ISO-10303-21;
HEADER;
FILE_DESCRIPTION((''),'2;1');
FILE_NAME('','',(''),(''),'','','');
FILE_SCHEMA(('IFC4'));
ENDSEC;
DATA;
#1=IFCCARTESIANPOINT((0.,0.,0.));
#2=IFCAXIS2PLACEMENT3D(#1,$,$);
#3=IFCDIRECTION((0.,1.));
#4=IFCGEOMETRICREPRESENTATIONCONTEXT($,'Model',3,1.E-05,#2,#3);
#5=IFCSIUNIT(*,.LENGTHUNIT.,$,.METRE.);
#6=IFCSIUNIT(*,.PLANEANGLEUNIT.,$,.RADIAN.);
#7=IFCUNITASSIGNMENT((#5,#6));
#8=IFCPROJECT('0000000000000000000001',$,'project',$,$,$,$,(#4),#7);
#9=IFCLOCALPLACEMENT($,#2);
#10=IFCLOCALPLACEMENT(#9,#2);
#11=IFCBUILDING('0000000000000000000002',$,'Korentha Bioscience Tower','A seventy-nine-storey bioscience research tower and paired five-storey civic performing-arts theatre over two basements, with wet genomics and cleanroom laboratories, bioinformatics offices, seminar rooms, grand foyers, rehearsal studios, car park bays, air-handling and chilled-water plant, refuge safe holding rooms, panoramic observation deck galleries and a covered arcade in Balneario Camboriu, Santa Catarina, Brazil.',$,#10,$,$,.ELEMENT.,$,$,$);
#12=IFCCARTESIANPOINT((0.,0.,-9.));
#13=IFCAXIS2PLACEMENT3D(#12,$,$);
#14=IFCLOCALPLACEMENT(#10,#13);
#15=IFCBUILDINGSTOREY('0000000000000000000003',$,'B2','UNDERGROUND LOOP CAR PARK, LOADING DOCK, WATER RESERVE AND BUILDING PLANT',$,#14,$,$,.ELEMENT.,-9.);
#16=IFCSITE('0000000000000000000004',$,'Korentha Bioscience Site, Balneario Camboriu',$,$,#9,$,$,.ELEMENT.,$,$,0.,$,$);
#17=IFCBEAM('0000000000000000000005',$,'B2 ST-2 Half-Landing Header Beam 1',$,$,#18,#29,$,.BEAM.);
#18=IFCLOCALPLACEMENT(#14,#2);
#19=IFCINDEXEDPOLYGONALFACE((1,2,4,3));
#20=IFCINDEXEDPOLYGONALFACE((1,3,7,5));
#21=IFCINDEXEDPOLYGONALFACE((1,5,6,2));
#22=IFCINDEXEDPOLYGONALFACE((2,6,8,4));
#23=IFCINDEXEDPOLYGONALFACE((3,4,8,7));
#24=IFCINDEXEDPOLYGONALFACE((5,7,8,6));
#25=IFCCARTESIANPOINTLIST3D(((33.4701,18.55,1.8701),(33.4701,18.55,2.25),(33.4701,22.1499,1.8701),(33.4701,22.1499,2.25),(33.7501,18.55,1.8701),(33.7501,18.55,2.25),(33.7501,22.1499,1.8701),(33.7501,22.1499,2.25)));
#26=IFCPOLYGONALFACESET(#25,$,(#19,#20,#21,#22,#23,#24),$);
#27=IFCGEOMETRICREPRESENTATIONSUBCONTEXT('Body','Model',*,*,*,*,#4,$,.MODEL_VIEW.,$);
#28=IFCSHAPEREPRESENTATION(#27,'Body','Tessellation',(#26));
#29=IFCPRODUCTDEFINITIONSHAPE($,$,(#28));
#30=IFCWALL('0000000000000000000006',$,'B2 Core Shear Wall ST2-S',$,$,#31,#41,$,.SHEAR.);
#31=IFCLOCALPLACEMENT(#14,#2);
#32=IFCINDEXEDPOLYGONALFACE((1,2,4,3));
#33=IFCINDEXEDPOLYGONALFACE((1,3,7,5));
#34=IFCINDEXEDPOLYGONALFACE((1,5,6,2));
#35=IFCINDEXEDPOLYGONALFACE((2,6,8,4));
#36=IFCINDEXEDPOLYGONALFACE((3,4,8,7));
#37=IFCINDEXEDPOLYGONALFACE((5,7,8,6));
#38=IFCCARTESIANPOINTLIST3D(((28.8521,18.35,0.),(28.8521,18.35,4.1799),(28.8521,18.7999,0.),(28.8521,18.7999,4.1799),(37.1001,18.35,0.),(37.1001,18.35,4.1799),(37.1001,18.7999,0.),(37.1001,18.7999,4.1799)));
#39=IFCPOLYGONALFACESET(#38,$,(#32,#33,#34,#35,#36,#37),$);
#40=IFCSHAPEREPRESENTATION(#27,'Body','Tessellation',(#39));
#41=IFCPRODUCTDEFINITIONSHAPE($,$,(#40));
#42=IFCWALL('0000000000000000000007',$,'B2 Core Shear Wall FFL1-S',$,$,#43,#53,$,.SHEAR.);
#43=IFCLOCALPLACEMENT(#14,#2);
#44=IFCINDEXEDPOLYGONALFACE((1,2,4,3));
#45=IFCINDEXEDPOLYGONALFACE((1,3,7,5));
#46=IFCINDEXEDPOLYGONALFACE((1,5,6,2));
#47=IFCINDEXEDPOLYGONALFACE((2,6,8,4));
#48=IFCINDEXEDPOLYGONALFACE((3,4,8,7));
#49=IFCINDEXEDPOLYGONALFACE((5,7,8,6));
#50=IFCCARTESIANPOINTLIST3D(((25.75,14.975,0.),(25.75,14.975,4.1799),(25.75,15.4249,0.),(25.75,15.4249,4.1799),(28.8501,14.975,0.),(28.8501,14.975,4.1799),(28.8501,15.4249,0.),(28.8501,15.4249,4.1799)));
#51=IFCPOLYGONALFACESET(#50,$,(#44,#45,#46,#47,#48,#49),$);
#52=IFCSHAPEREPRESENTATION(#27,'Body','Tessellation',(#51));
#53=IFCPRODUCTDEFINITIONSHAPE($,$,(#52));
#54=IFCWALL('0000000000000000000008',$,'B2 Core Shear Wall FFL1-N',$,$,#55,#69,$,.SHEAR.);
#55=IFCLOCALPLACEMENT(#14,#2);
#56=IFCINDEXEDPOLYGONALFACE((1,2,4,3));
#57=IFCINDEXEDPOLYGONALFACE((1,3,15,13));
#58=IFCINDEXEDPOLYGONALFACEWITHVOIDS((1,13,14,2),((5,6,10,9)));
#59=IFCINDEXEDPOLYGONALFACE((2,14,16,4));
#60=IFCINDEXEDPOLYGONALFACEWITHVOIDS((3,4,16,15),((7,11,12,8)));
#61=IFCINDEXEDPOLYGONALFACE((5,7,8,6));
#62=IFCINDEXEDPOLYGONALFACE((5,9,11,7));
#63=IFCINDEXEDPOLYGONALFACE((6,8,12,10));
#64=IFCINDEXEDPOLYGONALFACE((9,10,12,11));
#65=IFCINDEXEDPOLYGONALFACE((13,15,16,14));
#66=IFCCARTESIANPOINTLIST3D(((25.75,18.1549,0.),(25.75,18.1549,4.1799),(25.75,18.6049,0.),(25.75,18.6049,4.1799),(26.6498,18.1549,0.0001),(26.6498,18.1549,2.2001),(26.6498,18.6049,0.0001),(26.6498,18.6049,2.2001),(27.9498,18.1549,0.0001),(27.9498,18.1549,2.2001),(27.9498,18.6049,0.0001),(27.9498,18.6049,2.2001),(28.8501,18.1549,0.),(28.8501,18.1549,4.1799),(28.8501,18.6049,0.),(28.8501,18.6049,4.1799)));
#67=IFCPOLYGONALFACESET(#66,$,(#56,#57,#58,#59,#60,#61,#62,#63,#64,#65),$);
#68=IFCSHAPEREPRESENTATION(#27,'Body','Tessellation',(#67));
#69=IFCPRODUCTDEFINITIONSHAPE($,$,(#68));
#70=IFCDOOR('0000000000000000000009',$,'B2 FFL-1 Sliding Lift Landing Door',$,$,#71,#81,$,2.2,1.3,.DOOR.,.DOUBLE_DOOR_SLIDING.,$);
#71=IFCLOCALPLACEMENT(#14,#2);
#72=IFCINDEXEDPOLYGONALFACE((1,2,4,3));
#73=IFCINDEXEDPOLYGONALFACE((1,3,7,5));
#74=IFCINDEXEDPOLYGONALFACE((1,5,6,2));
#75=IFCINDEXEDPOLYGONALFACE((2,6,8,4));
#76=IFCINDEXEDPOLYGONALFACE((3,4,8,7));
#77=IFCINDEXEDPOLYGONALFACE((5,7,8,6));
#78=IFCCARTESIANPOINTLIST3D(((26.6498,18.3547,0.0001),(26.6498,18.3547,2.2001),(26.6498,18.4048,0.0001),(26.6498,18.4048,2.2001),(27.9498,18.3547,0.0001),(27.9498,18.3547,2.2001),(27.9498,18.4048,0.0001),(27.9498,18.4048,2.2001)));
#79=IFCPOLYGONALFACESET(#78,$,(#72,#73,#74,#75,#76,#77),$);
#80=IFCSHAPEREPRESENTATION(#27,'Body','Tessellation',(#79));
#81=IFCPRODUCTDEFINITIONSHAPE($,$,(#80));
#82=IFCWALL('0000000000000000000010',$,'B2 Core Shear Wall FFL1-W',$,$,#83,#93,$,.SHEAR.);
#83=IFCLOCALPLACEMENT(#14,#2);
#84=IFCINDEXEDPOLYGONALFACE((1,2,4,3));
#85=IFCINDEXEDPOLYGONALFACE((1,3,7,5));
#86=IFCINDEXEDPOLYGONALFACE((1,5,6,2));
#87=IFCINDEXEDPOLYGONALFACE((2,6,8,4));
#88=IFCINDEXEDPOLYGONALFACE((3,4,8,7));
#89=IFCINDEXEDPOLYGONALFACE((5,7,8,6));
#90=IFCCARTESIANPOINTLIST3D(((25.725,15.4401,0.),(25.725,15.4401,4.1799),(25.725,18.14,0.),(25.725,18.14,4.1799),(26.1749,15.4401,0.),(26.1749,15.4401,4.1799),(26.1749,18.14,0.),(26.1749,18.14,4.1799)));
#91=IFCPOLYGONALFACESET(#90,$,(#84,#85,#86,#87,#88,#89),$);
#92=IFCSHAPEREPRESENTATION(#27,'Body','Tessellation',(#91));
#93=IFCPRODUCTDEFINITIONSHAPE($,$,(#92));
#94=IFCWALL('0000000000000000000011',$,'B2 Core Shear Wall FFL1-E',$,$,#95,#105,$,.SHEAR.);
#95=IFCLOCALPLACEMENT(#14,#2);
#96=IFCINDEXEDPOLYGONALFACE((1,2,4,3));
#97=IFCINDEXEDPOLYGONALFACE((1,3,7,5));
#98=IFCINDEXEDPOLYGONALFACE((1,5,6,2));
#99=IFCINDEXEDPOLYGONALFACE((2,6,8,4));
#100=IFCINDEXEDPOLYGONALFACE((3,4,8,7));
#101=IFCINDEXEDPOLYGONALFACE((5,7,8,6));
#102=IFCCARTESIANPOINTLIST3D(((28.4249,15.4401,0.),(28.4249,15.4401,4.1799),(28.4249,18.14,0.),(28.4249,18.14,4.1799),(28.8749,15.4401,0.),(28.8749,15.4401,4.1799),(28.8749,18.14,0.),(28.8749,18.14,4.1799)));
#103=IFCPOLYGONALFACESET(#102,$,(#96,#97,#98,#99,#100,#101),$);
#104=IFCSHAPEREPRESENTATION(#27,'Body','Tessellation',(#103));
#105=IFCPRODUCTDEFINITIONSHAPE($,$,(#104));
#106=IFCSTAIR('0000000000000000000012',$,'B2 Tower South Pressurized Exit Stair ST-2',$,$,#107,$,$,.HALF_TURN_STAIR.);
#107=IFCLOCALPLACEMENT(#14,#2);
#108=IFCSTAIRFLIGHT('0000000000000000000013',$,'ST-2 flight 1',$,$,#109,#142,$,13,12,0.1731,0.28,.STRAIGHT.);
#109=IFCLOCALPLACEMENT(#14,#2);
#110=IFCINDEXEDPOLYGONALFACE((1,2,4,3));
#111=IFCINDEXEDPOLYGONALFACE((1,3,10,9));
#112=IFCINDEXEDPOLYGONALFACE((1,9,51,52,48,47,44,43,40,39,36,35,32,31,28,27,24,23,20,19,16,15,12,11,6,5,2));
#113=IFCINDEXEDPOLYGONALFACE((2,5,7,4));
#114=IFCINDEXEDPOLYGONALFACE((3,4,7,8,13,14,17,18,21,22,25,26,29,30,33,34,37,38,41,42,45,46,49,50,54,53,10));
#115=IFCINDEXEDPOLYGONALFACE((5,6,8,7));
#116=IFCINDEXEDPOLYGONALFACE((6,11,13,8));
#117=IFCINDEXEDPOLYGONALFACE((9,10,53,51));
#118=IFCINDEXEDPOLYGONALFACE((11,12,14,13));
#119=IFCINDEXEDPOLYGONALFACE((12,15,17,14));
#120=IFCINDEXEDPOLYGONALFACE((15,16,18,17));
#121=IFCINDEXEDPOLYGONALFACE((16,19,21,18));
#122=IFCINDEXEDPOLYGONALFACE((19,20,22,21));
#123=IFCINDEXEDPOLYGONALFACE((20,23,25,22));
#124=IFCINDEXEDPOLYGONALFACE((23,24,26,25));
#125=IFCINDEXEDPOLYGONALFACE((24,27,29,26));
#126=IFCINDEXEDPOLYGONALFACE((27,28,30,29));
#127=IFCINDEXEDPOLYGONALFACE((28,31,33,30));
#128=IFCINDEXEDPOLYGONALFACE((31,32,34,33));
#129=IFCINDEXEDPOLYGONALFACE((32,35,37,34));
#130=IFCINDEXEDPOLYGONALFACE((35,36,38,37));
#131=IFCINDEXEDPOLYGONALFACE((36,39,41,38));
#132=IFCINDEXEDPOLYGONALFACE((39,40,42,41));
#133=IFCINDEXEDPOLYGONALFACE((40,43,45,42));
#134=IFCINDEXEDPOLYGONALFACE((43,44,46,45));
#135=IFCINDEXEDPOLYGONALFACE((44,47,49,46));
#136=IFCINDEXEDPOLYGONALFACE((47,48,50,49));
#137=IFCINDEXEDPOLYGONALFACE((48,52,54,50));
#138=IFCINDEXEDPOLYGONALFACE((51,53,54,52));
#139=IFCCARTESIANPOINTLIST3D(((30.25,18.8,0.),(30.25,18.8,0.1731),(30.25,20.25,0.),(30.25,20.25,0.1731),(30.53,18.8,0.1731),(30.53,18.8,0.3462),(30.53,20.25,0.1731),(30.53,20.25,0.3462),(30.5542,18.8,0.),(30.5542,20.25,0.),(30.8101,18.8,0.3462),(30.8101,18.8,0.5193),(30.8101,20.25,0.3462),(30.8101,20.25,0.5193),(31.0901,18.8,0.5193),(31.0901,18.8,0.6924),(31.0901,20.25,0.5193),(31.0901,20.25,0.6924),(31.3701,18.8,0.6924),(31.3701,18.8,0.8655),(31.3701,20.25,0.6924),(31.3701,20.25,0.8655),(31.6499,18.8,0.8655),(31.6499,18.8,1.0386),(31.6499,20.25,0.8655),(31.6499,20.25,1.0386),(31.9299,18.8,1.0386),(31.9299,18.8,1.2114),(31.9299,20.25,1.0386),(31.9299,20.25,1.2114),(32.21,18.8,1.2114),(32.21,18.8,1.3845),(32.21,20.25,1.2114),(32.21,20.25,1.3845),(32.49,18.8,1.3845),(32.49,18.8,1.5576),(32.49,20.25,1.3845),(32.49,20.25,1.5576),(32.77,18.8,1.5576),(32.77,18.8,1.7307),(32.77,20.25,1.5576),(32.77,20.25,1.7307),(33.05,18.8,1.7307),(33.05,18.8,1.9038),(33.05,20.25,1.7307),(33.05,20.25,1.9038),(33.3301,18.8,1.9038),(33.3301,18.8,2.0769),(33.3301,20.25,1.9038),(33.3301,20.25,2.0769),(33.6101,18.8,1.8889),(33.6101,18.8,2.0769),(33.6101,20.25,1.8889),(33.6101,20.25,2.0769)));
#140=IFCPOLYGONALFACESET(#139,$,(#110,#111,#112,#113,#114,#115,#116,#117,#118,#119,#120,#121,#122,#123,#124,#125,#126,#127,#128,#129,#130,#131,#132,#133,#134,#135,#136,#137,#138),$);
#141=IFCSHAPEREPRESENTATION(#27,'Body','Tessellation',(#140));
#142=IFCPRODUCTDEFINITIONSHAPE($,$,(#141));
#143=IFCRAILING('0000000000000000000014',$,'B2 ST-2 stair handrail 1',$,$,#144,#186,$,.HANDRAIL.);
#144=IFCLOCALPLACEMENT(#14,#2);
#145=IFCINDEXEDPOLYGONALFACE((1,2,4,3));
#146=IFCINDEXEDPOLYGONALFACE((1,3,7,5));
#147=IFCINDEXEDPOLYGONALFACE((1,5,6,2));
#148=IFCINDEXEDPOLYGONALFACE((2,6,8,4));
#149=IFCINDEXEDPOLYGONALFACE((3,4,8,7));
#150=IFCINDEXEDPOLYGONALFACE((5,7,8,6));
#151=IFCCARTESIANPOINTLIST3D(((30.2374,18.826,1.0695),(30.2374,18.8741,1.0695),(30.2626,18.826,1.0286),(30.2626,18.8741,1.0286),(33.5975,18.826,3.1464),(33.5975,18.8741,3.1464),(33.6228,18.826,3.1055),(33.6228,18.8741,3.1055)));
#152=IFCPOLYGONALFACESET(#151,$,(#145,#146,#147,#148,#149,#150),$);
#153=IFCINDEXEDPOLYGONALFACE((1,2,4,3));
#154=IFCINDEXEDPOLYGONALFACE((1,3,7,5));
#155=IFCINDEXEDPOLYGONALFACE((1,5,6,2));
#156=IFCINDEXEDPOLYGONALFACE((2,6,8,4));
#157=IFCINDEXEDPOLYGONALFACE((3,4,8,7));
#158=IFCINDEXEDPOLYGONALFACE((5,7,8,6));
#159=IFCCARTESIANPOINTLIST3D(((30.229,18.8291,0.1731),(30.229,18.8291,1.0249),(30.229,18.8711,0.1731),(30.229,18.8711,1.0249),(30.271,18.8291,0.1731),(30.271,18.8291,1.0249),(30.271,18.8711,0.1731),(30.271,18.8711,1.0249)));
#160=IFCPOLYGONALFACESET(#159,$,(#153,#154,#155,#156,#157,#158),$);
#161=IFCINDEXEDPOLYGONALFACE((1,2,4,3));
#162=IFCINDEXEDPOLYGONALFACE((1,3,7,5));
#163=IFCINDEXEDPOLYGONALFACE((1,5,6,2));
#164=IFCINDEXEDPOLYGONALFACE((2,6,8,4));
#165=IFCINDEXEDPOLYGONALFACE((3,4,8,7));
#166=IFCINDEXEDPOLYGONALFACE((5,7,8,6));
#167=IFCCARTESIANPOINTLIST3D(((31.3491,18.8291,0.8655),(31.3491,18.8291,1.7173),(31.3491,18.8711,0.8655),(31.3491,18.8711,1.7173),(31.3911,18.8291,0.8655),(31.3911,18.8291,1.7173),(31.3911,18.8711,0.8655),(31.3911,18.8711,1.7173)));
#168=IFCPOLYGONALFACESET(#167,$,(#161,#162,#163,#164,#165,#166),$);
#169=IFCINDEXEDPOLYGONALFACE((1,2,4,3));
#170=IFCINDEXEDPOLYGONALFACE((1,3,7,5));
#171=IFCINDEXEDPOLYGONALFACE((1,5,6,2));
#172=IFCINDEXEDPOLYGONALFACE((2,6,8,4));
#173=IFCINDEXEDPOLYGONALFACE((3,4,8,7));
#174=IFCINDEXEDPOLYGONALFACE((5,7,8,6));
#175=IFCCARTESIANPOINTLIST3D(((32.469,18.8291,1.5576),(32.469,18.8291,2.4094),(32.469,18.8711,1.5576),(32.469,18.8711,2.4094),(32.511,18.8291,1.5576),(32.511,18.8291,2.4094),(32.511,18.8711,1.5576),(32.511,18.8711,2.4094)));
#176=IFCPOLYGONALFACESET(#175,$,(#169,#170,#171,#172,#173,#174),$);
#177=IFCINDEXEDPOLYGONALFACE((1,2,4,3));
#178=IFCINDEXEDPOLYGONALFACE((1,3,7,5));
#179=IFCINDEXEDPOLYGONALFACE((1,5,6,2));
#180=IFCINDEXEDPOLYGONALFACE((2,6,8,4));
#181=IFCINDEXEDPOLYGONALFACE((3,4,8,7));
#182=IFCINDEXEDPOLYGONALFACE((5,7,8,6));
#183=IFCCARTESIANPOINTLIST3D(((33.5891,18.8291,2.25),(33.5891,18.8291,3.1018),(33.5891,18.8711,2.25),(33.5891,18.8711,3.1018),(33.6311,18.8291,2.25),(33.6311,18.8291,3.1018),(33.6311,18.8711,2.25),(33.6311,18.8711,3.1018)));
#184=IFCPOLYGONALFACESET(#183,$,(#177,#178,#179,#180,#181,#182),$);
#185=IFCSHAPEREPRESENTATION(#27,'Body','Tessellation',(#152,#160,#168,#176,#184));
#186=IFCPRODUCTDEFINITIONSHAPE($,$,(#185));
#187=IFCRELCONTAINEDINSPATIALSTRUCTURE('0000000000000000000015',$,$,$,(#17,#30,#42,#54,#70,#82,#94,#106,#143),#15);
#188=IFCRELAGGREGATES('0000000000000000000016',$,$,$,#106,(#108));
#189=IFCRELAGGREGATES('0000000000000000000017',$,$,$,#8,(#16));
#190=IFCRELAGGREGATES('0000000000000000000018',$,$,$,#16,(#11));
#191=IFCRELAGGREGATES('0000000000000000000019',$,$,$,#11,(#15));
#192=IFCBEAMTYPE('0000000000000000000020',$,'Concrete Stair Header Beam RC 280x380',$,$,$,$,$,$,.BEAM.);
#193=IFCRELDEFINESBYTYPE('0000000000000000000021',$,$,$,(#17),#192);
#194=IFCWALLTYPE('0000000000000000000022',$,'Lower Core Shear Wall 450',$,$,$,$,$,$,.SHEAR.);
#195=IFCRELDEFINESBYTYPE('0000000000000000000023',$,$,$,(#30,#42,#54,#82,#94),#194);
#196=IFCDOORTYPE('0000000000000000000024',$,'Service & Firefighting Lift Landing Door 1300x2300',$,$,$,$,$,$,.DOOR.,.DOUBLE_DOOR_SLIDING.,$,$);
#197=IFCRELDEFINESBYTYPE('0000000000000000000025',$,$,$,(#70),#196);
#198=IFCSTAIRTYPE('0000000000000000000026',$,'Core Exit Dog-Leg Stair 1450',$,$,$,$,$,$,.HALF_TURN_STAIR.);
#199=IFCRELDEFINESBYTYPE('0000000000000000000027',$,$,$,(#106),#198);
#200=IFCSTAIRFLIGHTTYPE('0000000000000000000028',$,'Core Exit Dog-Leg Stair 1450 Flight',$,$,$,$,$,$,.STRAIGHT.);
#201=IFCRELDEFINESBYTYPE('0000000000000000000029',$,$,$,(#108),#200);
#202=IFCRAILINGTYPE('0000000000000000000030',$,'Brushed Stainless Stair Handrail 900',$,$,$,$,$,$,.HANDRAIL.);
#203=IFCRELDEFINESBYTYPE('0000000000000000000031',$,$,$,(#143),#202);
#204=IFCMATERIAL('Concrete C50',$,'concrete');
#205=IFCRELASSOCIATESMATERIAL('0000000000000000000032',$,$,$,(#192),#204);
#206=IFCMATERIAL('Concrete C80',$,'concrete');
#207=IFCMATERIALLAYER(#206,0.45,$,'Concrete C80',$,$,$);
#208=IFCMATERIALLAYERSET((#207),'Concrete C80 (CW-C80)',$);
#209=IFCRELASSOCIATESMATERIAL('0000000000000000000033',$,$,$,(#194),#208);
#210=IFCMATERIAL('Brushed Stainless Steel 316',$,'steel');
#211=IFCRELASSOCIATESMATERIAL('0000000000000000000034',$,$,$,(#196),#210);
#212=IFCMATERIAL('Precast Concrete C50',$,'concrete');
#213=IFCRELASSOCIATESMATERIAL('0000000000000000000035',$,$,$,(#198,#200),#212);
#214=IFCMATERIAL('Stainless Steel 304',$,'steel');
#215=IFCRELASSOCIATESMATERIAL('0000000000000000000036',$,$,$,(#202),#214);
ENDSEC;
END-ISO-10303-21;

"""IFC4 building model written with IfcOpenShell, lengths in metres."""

from ifc_helpers import new_model, si_unit, direction, frame, frame_2d, origin, origin_2d, place, context, subcontext, project, spatial, polyline, rectangle, outline, extrude, material, layer, layer_set, material_profile, profile_set, type_object, element, fill, aggregate, save


model = new_model("IFC4")

# Units and contexts
model_context = context("Model", 3, precision=1e-05, world=origin(), true_north=direction((0.0, 1.0)))
body_context = subcontext(model_context, "Body", "Model", "MODEL_VIEW")
ifc_project = project(units=[si_unit("LENGTHUNIT", "METRE"), si_unit("PLANEANGLEUNIT", "RADIAN")], contexts=[model_context])

# Site, building, storey
site_placement = place(None, origin())
site = spatial("IfcSite", under=ifc_project, at=site_placement, Name="Korentha Bioscience Site, Balneario Camboriu", CompositionType="ELEMENT", RefElevation=0.0)
building_placement = place(site_placement, origin())
building = spatial("IfcBuilding", under=site, at=building_placement, Name="Korentha Bioscience Tower", Description="A seventy-nine-storey bioscience research tower and paired five-storey civic performing-arts theatre over two basements, with wet genomics and cleanroom laboratories, bioinformatics offices, seminar rooms, grand foyers, rehearsal studios, car park bays, air-handling and chilled-water plant, refuge safe holding rooms, panoramic observation deck galleries and a covered arcade in Balneario Camboriu, Santa Catarina, Brazil.", CompositionType="ELEMENT")
storey_placement = place(building_placement, frame((0.0, 0.0, -9.0)))
storey = spatial("IfcBuildingStorey", under=building, at=storey_placement, Name="B2", Description="UNDERGROUND LOOP CAR PARK, LOADING DOCK, WATER RESERVE AND BUILDING PLANT", CompositionType="ELEMENT", Elevation=-9.0)

# Shared definitions
ifc_material_1 = material(Name="Concrete C50", Category="concrete")

# Shared definitions
ifc_material_2 = material(Name="Concrete C80", Category="concrete")

# Beam
ifc_material_profile_1 = material_profile(ifc_material_1, rectangle(XDim=0.28, YDim=0.3799, at=origin_2d()), Name="Concrete C50")
ifc_profile_set_1 = profile_set([ifc_material_profile_1], Name="Concrete C50 (ST-HB380)")
beam_type = type_object("IfcBeamType", Name="Concrete Stair Header Beam RC 280x380", PredefinedType="BEAM", material=ifc_profile_set_1)
beam_placement = place(storey_placement, frame((33.6101, 18.55, 2.0601), z_axis=(0.0, 1.0, 0.0), x_axis=(-1.0, 0.0, 0.0)))
element("IfcBeam", 1, at=beam_placement, inside=storey, type_object=beam_type, Name="B2 ST-2 Half-Landing Header Beam 1", PredefinedType="BEAM", context=body_context, shape_type="SweptSolid", body=[
    extrude(rectangle(XDim=0.28, YDim=0.3799, at=origin_2d()), origin(), (0.0, 0.0, 1.0), 3.5999),
])

# Wall
ifc_layer = layer(ifc_material_2, 0.45, Name="Concrete C80")
ifc_layer_set = layer_set([ifc_layer], Name="Concrete C80 (CW-C80)")
wall_type = type_object("IfcWallType", Name="Lower Core Shear Wall 450", PredefinedType="SHEAR", material=ifc_layer_set)
wall_1_placement = place(storey_placement, frame((28.8521, 18.575, 0.0), z_axis=(0.0, 0.0, 1.0), x_axis=(1.0, 0.0, 0.0)))
element("IfcWall", 2, at=wall_1_placement, inside=storey, type_object=wall_type, Name="B2 Core Shear Wall ST2-S", PredefinedType="SHEAR", context=body_context, shape_type="SweptSolid", body=[
    extrude(rectangle(XDim=8.248, YDim=0.45, at=frame_2d((4.124, 0.0))), origin(), (0.0, 0.0, 1.0), 4.1799),
])

# Wall
wall_2_placement = place(storey_placement, frame((25.75, 15.2, 0.0), z_axis=(0.0, 0.0, 1.0), x_axis=(1.0, 0.0, 0.0)))
element("IfcWall", 3, at=wall_2_placement, inside=storey, type_object=wall_type, Name="B2 Core Shear Wall FFL1-S", PredefinedType="SHEAR", context=body_context, shape_type="SweptSolid", body=[
    extrude(rectangle(XDim=3.1001, YDim=0.45, at=frame_2d((1.55, 0.0))), origin(), (0.0, 0.0, 1.0), 4.1799),
])

# Wall, opening, door
wall_3_placement = place(storey_placement, frame((25.75, 18.3799, 0.0), z_axis=(0.0, 0.0, 1.0), x_axis=(1.0, 0.0, 0.0)))
wall_3 = element("IfcWall", 4, at=wall_3_placement, inside=storey, type_object=wall_type, Name="B2 Core Shear Wall FFL1-N", PredefinedType="SHEAR", context=body_context, shape_type="SweptSolid", body=[
    extrude(rectangle(XDim=3.1001, YDim=0.45, at=frame_2d((1.55, 0.0))), origin(), (0.0, 0.0, 1.0), 4.1799),
])
opening_1_placement = place(wall_3_placement, frame((0.8999, 0.0, 0.0)))
opening_1 = element("IfcOpeningElement", 5, at=opening_1_placement, cuts=wall_3, PredefinedType="OPENING", context=body_context, shape_type="SweptSolid", body=[
    extrude(rectangle(XDim=1.3, YDim=2.2, at=frame_2d((0.6499, 1.1001))), frame((0.0, 0.2397, 0.0), z_axis=(0.0, -1.0, 0.0), x_axis=(1.0, 0.0, 0.0)), (0.0, 0.0, 1.0), 0.4797),
])
ifc_material_3 = material(Name="Brushed Stainless Steel 316", Category="steel")
door_type_1 = type_object("IfcDoorType", Name="Service & Firefighting Lift Landing Door 1300x2300", OperationType="DOUBLE_DOOR_SLIDING", PredefinedType="DOOR", material=ifc_material_3)
door_1_placement = place(opening_1_placement, origin())
door_1 = element("IfcDoor", 6, at=door_1_placement, inside=storey, type_object=door_type_1, Name="B2 FFL-1 Sliding Lift Landing Door", OperationType="DOUBLE_DOOR_SLIDING", OverallHeight=2.2, OverallWidth=1.3, PredefinedType="DOOR", context=body_context, shape_type="SweptSolid", body=[
    extrude(rectangle(XDim=1.3, YDim=2.2, at=frame_2d((0.6499, 1.1001))), frame((0.0, 0.0249, 0.0), z_axis=(0.0, -1.0, 0.0), x_axis=(1.0, 0.0, 0.0)), (0.0, 0.0, 1.0), 0.05),
])
fill(opening_1, door_1)

# Walls
for number, where, z_axis, x_axis, name in (
    (7, (25.95, 15.4399, 0.0), (0.0, 0.0, 1.0), (0.0, 1.0, 0.0), "B2 Core Shear Wall FFL1-W"),
    (8, (28.6499, 15.4399, 0.0), (0.0, 0.0, 1.0), (0.0, 1.0, 0.0), "B2 Core Shear Wall FFL1-E"),
):
    element("IfcWall", number, at=place(storey_placement, frame(where, z_axis=z_axis, x_axis=x_axis)), inside=storey, type_object=wall_type, Name=name, PredefinedType="SHEAR", context=body_context, shape_type="SweptSolid", body=[
        extrude(rectangle(XDim=2.7, YDim=0.45, at=frame_2d((1.3501, 0.0))), origin(), (0.0, 0.0, 1.0), 4.1799),
    ])

# Stair, stair flight
ifc_material_4 = material(Name="Precast Concrete C50", Category="concrete")
stair_type = type_object("IfcStairType", Name="Core Exit Dog-Leg Stair 1450", PredefinedType="HALF_TURN_STAIR", material=ifc_material_4)
stair_placement = place(storey_placement, origin())
stair = element("IfcStair", 9, at=stair_placement, inside=storey, type_object=stair_type, Name="B2 Tower South Pressurized Exit Stair ST-2", PredefinedType="HALF_TURN_STAIR")
stair_flight_type = type_object("IfcStairFlightType", Name="Core Exit Dog-Leg Stair 1450 Flight", PredefinedType="STRAIGHT", material=ifc_material_4)
stair_flight_placement = place(storey_placement, frame((30.25, 19.5249, 0.0), z_axis=(0.0, 0.0, 1.0), x_axis=(1.0, 0.0, 0.0)))
stair_flight = element("IfcStairFlight", 10, at=stair_flight_placement, type_object=stair_flight_type, Name="ST-2 flight 1", NumberOfRisers=13, NumberOfTreads=12, PredefinedType="STRAIGHT", RiserHeight=0.1731, TreadLength=0.28, context=body_context, shape_type="SweptSolid", body=[
    extrude(outline(polyline([(0.0, 0.0), (0.0, 0.1731), (0.28, 0.1731), (0.28, 0.3462), (0.5601, 0.3462), (0.5601, 0.5193), (0.8401, 0.5193), (0.8401, 0.6924), (1.1201, 0.6924), (1.1201, 0.8655), (1.3999, 0.8655), (1.3999, 1.0386), (1.6799, 1.0386), (1.6799, 1.2114), (1.96, 1.2114), (1.96, 1.3845), (2.24, 1.3845), (2.24, 1.5576), (2.52, 1.5576), (2.52, 1.7307), (2.8, 1.7307), (2.8, 1.9038), (3.0801, 1.9038), (3.0801, 2.0769), (3.3601, 2.0769), (3.3601, 2.25), (3.3601, 1.8889), (0.3042, 0.0), (0.0, 0.0)])), frame((0.0, 0.7251, 0.0), z_axis=(0.0, -1.0, 0.0), x_axis=(1.0, 0.0, 0.0)), (0.0, 0.0, 1.0), 1.45),
])
aggregate(stair, [stair_flight])

# Railing
ifc_material_5 = material(Name="Stainless Steel 304", Category="steel")
railing_type_1 = type_object("IfcRailingType", Name="Brushed Stainless Stair Handrail 900", PredefinedType="HANDRAIL", material=ifc_material_5)
railing_1_placement = place(storey_placement, frame((30.25, 18.8501, 0.1731)))
element("IfcRailing", 11, at=railing_1_placement, inside=storey, type_object=railing_type_1, Name="B2 ST-2 stair handrail 1", PredefinedType="HANDRAIL", context=body_context, shape_type="SweptSolid", body=[
    extrude(rectangle(XDim=0.0481, YDim=0.0481, at=origin_2d()), frame((0.0, 0.0, 0.876), z_axis=(0.850623, 0.0, 0.525776), x_axis=(0.0, 1.0, 0.0)), (0.0, 0.0, 1.0), 3.9502),
    extrude(rectangle(XDim=0.042, YDim=0.042, at=origin_2d()), origin(), (0.0, 0.0, 1.0), 0.8518),
    extrude(rectangle(XDim=0.042, YDim=0.042, at=origin_2d()), frame((1.1201, 0.0, 0.6924)), (0.0, 0.0, 1.0), 0.8518),
    extrude(rectangle(XDim=0.042, YDim=0.042, at=origin_2d()), frame((2.24, 0.0, 1.3845)), (0.0, 0.0, 1.0), 0.8518),
    extrude(rectangle(XDim=0.042, YDim=0.042, at=origin_2d()), frame((3.3601, 0.0, 2.0769)), (0.0, 0.0, 1.0), 0.8518),
])

save(model, "model.ifc")
